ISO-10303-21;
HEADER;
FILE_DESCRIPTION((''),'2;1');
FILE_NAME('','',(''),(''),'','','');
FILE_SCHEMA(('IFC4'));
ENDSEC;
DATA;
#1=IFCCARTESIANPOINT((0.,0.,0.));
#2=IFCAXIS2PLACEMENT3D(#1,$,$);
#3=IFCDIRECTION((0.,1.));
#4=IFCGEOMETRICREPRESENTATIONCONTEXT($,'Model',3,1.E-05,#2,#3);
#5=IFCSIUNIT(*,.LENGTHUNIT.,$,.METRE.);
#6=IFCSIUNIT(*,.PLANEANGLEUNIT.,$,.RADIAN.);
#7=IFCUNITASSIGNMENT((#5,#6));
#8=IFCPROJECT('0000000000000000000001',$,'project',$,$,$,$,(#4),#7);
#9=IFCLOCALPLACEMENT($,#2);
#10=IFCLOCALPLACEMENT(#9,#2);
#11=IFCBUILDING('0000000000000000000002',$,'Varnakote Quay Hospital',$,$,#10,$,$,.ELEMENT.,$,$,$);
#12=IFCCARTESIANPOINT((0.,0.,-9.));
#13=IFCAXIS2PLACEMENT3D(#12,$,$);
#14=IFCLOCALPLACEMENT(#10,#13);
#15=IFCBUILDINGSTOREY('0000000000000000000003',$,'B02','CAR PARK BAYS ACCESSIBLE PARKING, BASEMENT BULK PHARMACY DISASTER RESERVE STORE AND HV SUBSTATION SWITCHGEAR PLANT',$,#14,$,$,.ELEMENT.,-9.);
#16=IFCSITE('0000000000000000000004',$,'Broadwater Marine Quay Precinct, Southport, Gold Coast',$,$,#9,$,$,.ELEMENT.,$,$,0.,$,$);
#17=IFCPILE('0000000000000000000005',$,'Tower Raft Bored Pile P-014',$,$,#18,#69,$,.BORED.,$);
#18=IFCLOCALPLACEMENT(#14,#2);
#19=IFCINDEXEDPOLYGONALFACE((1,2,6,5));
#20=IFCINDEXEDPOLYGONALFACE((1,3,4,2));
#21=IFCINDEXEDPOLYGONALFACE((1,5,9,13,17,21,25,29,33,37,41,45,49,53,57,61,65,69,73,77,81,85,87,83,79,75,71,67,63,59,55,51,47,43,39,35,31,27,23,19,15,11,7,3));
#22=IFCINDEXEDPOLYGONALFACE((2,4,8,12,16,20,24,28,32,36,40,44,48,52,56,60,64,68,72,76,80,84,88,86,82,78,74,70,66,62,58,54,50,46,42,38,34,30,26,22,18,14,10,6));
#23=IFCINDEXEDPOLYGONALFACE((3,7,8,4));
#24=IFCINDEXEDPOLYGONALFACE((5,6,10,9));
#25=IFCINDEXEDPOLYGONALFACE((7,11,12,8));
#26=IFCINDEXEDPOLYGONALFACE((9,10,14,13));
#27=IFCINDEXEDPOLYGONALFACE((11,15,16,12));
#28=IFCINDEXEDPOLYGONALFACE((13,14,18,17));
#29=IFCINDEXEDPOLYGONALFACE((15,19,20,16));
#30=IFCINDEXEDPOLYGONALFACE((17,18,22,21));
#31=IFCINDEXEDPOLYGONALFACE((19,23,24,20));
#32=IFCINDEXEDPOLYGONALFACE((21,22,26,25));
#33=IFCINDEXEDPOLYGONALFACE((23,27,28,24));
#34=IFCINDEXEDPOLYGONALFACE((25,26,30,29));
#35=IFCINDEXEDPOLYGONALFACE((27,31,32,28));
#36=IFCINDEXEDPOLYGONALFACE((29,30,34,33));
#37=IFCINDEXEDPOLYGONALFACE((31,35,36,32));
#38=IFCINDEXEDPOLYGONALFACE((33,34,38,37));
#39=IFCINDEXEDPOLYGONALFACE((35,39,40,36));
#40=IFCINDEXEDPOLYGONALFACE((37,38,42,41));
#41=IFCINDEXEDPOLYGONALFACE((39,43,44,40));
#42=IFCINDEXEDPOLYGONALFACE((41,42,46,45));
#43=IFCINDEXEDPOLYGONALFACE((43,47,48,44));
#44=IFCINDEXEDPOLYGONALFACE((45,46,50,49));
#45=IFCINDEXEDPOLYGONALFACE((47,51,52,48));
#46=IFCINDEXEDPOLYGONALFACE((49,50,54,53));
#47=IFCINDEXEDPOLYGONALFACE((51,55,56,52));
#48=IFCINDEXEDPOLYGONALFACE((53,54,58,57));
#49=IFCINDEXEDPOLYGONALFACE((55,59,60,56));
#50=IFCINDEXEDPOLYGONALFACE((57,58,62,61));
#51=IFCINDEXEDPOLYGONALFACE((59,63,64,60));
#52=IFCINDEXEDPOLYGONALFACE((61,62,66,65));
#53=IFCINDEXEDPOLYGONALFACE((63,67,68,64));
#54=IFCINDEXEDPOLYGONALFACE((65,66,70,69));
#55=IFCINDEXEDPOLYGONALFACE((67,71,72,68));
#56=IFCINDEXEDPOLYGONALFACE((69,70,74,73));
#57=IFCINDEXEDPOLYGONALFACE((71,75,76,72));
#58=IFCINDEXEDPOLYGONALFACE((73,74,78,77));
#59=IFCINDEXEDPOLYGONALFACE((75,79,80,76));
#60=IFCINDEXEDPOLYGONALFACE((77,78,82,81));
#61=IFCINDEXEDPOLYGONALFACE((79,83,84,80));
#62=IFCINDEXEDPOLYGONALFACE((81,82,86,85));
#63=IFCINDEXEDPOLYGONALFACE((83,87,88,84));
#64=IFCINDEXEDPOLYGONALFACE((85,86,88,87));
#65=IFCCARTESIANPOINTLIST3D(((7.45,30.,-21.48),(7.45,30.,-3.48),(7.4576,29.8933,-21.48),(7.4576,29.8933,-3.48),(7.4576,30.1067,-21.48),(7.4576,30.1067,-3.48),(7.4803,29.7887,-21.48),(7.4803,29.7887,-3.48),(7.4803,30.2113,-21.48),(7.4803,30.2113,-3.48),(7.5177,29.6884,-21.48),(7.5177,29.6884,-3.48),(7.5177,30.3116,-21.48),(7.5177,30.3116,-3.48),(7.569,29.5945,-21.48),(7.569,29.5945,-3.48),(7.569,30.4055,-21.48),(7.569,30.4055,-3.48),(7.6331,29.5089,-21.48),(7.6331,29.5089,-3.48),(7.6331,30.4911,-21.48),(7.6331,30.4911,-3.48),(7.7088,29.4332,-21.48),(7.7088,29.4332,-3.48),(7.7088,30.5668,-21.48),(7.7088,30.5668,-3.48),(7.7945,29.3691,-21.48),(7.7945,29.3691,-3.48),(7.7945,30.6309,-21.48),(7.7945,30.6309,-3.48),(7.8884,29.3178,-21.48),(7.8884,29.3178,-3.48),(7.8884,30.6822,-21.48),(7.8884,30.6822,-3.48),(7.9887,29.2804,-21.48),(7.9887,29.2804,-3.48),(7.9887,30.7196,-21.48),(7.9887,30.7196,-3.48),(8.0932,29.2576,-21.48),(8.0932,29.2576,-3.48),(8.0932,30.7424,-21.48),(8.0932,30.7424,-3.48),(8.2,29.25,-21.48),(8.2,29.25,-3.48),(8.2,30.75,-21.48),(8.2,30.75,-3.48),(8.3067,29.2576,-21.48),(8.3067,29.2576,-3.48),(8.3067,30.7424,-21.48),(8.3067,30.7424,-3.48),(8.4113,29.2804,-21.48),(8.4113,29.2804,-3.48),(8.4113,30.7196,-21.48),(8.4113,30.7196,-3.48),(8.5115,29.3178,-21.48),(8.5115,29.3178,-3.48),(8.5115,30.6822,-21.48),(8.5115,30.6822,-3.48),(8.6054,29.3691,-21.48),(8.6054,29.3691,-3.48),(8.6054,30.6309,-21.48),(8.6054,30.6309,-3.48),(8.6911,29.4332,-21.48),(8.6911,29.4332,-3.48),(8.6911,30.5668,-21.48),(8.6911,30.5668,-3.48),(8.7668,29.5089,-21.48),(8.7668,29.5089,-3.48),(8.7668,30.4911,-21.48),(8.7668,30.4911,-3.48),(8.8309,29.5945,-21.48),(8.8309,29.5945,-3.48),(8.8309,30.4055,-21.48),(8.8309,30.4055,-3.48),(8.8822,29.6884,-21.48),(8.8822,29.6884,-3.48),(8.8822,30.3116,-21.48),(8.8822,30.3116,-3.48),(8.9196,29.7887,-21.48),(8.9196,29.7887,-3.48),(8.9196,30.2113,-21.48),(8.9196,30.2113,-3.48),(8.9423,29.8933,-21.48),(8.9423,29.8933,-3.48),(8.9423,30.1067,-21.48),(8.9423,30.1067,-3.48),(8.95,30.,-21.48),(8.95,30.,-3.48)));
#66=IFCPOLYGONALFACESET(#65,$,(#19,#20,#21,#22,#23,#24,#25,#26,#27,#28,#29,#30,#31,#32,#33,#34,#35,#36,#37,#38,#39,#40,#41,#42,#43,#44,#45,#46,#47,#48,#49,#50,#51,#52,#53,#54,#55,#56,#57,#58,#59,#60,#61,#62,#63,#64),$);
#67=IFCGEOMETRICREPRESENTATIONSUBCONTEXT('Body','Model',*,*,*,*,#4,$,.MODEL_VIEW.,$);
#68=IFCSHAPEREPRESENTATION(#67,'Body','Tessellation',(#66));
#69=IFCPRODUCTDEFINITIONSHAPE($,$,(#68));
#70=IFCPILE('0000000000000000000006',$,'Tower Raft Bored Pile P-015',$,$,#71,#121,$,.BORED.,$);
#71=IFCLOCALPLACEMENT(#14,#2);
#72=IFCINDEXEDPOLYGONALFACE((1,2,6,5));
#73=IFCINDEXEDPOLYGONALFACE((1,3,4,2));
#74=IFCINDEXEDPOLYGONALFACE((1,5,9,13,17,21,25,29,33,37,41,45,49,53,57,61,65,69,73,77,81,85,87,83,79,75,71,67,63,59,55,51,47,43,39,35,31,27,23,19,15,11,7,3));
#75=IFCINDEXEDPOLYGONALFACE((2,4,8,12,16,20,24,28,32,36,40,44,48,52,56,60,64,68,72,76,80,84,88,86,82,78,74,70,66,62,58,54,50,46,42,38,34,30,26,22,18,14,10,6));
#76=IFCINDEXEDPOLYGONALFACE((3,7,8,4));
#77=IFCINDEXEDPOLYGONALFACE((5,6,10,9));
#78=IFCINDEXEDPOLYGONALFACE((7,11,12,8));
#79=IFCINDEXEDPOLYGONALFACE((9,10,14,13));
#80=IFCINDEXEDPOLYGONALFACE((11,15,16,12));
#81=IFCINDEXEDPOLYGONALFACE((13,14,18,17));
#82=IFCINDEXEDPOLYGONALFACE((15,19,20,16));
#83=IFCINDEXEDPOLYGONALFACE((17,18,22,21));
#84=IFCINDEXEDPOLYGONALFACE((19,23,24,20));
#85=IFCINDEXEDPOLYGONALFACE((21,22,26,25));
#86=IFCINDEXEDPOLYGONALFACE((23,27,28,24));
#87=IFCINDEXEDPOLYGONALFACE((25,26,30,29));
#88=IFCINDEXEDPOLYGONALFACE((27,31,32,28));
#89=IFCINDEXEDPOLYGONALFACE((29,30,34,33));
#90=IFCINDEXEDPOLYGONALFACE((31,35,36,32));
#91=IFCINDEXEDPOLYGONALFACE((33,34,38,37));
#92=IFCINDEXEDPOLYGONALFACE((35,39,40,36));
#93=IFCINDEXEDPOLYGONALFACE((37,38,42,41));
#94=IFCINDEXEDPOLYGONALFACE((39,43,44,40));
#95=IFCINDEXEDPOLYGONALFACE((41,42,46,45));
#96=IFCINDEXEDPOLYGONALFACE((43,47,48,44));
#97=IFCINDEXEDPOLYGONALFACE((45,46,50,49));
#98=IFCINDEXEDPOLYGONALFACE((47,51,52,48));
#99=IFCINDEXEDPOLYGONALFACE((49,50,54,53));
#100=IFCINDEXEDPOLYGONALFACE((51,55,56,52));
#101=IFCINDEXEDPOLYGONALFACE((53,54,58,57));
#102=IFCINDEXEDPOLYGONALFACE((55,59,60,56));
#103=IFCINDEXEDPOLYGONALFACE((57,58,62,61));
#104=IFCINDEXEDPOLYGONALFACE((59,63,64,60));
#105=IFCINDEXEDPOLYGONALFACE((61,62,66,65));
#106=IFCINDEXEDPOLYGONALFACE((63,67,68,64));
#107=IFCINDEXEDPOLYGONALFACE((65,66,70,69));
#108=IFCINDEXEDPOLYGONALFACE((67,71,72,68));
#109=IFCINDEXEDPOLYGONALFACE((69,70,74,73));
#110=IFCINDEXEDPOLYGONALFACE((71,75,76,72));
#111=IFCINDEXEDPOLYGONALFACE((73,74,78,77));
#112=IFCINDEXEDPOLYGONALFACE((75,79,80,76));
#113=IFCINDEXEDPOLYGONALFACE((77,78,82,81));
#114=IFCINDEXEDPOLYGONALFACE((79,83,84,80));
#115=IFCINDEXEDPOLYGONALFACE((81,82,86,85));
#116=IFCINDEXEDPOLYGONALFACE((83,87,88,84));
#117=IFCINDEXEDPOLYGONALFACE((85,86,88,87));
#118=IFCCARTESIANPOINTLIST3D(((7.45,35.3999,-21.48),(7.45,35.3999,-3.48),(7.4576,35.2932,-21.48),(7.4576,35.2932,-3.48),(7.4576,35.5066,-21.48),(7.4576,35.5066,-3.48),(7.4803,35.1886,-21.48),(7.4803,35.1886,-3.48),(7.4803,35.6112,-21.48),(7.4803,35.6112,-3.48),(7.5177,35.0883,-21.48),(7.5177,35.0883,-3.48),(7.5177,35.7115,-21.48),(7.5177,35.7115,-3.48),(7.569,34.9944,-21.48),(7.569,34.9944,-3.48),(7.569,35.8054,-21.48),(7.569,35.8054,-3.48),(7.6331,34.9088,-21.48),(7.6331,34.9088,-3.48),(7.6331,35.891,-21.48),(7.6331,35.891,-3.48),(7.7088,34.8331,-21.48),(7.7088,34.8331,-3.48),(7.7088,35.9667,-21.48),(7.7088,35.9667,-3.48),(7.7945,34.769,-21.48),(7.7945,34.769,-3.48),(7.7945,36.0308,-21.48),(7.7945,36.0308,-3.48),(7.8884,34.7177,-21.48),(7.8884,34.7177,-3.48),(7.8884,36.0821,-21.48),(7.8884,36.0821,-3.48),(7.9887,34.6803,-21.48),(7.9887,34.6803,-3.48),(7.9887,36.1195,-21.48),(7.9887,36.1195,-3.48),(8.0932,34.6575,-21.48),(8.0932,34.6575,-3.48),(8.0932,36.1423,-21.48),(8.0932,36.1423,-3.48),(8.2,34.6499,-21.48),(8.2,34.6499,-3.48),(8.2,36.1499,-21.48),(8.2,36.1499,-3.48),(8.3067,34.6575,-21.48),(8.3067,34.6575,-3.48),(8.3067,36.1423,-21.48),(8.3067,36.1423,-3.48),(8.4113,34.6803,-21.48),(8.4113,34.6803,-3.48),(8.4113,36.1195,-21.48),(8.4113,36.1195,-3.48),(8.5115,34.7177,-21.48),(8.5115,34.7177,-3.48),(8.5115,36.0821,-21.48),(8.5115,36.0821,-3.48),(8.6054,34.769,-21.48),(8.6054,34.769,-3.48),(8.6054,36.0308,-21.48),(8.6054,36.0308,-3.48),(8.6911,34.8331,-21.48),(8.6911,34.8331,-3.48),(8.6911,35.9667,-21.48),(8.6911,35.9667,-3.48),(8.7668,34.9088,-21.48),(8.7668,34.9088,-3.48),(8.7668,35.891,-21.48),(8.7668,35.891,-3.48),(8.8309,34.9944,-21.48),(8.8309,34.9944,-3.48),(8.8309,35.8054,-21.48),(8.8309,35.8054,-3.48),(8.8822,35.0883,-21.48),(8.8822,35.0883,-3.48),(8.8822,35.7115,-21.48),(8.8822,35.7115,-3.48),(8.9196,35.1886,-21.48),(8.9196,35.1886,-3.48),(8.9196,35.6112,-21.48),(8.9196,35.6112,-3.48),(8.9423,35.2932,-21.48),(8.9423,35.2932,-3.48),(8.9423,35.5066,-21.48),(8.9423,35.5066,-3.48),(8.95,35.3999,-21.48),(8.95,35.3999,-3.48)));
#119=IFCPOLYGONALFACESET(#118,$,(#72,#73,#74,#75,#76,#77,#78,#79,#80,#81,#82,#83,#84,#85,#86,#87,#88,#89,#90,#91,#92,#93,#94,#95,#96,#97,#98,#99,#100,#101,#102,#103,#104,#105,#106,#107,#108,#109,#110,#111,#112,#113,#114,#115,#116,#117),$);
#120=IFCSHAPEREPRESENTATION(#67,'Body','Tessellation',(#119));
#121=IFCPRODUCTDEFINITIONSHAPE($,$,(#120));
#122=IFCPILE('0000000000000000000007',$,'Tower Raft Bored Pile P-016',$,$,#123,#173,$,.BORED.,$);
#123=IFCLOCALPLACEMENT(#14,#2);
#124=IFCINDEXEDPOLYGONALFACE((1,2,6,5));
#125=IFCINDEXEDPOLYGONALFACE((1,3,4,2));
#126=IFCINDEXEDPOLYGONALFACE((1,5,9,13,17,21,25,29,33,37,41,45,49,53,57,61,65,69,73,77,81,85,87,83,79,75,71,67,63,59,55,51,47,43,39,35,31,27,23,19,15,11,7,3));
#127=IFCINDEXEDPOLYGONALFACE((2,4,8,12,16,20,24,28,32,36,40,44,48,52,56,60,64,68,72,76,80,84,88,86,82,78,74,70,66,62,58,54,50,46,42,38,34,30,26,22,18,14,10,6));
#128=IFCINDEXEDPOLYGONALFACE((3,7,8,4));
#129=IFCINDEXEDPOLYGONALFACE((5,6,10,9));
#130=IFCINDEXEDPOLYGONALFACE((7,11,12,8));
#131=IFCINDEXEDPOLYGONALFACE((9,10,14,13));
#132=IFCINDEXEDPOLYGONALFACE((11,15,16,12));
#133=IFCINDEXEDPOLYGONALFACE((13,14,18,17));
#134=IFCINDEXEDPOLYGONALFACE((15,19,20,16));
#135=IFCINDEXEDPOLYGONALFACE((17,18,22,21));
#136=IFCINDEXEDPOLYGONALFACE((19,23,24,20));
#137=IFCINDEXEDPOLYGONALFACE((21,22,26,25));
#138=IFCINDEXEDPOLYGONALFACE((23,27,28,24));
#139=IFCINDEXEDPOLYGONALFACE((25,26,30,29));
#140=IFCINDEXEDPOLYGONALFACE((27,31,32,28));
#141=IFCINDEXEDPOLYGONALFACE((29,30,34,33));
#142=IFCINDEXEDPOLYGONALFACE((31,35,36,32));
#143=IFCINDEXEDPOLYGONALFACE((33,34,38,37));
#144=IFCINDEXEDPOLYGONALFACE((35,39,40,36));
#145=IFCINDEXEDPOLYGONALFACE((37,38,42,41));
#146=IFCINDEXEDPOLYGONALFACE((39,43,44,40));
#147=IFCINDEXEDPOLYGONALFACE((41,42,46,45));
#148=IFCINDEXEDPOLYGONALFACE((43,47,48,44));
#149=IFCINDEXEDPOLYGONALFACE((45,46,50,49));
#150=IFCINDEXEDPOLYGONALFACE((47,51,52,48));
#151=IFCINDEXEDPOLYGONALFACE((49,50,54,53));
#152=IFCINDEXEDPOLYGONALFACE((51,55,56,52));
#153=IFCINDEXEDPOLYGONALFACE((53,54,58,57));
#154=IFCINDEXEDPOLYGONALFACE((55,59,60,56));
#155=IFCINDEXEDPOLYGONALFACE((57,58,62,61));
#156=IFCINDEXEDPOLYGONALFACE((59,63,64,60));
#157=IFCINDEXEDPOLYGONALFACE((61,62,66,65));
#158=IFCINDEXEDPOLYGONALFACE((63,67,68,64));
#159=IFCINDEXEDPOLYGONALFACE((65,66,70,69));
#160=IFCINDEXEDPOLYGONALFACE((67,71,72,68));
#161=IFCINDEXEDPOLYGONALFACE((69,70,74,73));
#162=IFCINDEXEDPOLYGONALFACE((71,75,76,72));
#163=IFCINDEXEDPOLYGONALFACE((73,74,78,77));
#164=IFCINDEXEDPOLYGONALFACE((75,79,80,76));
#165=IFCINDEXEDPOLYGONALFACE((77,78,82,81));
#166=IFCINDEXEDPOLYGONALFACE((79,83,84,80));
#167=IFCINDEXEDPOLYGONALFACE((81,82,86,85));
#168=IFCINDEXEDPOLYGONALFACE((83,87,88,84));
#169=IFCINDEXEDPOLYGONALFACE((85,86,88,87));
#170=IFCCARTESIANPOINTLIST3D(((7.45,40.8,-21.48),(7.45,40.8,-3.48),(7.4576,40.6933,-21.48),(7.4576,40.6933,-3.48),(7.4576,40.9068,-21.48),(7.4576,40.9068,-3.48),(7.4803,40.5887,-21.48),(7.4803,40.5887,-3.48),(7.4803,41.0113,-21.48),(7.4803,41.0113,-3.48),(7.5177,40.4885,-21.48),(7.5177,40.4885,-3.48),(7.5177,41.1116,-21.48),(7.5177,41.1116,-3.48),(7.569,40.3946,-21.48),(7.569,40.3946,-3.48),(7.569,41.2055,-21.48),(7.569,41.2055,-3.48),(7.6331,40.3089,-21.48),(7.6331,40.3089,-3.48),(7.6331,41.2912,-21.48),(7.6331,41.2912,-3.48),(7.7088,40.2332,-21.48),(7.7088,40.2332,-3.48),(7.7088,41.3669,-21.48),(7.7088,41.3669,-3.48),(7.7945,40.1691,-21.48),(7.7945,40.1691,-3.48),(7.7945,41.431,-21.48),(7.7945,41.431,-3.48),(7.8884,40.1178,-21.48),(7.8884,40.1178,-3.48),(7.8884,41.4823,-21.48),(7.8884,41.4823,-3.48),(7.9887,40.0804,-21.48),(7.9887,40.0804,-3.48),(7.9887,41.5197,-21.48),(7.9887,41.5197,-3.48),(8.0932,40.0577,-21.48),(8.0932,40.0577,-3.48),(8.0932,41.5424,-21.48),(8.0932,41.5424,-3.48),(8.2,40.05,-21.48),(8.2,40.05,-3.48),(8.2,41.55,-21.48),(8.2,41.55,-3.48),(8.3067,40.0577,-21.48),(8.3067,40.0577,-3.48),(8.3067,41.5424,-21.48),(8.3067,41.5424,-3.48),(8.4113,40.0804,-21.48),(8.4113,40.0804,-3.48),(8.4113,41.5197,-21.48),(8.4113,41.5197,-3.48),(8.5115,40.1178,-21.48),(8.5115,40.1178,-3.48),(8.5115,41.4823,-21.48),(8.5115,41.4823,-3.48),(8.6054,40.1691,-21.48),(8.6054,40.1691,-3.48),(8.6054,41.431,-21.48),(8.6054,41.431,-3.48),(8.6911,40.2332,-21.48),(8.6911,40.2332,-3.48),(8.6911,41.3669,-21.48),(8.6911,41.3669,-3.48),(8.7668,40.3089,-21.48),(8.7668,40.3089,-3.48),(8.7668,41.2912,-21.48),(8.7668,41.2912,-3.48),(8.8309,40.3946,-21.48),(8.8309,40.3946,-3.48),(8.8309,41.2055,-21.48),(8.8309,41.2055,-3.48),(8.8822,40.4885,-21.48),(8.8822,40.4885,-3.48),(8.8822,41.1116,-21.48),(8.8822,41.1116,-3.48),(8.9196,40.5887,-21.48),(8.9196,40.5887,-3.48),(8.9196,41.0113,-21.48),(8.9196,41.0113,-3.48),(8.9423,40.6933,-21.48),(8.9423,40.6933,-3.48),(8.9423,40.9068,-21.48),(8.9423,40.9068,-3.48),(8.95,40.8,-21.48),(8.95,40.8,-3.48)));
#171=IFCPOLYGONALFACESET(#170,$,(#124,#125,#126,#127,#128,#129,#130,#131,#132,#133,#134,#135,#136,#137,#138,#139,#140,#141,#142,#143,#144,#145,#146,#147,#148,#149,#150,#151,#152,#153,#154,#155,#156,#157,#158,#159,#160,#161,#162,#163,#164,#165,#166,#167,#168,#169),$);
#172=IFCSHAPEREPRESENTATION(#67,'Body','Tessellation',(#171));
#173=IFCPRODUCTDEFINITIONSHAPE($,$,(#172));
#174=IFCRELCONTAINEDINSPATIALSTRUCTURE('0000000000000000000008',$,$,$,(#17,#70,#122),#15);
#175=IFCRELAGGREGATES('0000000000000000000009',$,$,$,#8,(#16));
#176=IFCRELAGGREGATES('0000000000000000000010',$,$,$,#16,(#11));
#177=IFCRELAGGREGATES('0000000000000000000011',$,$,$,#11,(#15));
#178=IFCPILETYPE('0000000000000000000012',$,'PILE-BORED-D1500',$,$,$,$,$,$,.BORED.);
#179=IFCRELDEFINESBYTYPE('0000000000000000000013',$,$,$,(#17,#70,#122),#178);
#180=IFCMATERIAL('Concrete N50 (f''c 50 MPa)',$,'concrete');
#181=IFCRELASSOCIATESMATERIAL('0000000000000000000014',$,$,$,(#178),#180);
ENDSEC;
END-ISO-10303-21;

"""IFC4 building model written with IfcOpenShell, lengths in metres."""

from ifc_helpers import new_model, si_unit, direction, frame, origin, origin_2d, place, context, subcontext, project, spatial, circle, extrude, material, material_profile, profile_set, type_object, element, save


model = new_model("IFC4")

# Units and contexts
model_context = context("Model", 3, precision=1e-05, world=origin(), true_north=direction((0.0, 1.0)))
body_context = subcontext(model_context, "Body", "Model", "MODEL_VIEW")
ifc_project = project(units=[si_unit("LENGTHUNIT", "METRE"), si_unit("PLANEANGLEUNIT", "RADIAN")], contexts=[model_context])

# Site, building, storey
site_placement = place(None, origin())
site = spatial("IfcSite", under=ifc_project, at=site_placement, Name="Broadwater Marine Quay Precinct, Southport, Gold Coast", CompositionType="ELEMENT", RefElevation=0.0)
building_placement = place(site_placement, origin())
building = spatial("IfcBuilding", under=site, at=building_placement, Name="Varnakote Quay Hospital", CompositionType="ELEMENT")
storey_placement = place(building_placement, frame((0.0, 0.0, -9.0)))
storey = spatial("IfcBuildingStorey", under=building, at=storey_placement, Name="B02", Description="CAR PARK BAYS ACCESSIBLE PARKING, BASEMENT BULK PHARMACY DISASTER RESERVE STORE AND HV SUBSTATION SWITCHGEAR PLANT", CompositionType="ELEMENT", Elevation=-9.0)

# Piles
ifc_material_1 = material(Name="Concrete N50 (f'c 50 MPa)", Category="concrete")
ifc_material_profile_1 = material_profile(ifc_material_1, circle(Radius=0.75, at=origin_2d()), Name="PILE-D1500")
ifc_profile_set_1 = profile_set([ifc_material_profile_1], Name="Concrete N50 (f'c 50 MPa)")
pile_type = type_object("IfcPileType", Name="PILE-BORED-D1500", PredefinedType="BORED", material=ifc_profile_set_1)
for number, where, z_axis, x_axis, name in (
    (1, (8.2, 30.0, -3.48), (0.0, 0.0, -1.0), (1.0, 0.0, 0.0), "Tower Raft Bored Pile P-014"),
    (2, (8.2, 35.3999, -3.48), (0.0, 0.0, -1.0), (1.0, 0.0, 0.0), "Tower Raft Bored Pile P-015"),
    (3, (8.2, 40.8, -3.48), (0.0, 0.0, -1.0), (1.0, 0.0, 0.0), "Tower Raft Bored Pile P-016"),
):
    element("IfcPile", number, at=place(storey_placement, frame(where, z_axis=z_axis, x_axis=x_axis)), inside=storey, type_object=pile_type, Name=name, PredefinedType="BORED", context=body_context, shape_type="SweptSolid", body=[
        extrude(circle(Radius=0.75, at=origin_2d()), origin(), (0.0, 0.0, 1.0), 18.0),
    ])

save(model, "model.ifc")
